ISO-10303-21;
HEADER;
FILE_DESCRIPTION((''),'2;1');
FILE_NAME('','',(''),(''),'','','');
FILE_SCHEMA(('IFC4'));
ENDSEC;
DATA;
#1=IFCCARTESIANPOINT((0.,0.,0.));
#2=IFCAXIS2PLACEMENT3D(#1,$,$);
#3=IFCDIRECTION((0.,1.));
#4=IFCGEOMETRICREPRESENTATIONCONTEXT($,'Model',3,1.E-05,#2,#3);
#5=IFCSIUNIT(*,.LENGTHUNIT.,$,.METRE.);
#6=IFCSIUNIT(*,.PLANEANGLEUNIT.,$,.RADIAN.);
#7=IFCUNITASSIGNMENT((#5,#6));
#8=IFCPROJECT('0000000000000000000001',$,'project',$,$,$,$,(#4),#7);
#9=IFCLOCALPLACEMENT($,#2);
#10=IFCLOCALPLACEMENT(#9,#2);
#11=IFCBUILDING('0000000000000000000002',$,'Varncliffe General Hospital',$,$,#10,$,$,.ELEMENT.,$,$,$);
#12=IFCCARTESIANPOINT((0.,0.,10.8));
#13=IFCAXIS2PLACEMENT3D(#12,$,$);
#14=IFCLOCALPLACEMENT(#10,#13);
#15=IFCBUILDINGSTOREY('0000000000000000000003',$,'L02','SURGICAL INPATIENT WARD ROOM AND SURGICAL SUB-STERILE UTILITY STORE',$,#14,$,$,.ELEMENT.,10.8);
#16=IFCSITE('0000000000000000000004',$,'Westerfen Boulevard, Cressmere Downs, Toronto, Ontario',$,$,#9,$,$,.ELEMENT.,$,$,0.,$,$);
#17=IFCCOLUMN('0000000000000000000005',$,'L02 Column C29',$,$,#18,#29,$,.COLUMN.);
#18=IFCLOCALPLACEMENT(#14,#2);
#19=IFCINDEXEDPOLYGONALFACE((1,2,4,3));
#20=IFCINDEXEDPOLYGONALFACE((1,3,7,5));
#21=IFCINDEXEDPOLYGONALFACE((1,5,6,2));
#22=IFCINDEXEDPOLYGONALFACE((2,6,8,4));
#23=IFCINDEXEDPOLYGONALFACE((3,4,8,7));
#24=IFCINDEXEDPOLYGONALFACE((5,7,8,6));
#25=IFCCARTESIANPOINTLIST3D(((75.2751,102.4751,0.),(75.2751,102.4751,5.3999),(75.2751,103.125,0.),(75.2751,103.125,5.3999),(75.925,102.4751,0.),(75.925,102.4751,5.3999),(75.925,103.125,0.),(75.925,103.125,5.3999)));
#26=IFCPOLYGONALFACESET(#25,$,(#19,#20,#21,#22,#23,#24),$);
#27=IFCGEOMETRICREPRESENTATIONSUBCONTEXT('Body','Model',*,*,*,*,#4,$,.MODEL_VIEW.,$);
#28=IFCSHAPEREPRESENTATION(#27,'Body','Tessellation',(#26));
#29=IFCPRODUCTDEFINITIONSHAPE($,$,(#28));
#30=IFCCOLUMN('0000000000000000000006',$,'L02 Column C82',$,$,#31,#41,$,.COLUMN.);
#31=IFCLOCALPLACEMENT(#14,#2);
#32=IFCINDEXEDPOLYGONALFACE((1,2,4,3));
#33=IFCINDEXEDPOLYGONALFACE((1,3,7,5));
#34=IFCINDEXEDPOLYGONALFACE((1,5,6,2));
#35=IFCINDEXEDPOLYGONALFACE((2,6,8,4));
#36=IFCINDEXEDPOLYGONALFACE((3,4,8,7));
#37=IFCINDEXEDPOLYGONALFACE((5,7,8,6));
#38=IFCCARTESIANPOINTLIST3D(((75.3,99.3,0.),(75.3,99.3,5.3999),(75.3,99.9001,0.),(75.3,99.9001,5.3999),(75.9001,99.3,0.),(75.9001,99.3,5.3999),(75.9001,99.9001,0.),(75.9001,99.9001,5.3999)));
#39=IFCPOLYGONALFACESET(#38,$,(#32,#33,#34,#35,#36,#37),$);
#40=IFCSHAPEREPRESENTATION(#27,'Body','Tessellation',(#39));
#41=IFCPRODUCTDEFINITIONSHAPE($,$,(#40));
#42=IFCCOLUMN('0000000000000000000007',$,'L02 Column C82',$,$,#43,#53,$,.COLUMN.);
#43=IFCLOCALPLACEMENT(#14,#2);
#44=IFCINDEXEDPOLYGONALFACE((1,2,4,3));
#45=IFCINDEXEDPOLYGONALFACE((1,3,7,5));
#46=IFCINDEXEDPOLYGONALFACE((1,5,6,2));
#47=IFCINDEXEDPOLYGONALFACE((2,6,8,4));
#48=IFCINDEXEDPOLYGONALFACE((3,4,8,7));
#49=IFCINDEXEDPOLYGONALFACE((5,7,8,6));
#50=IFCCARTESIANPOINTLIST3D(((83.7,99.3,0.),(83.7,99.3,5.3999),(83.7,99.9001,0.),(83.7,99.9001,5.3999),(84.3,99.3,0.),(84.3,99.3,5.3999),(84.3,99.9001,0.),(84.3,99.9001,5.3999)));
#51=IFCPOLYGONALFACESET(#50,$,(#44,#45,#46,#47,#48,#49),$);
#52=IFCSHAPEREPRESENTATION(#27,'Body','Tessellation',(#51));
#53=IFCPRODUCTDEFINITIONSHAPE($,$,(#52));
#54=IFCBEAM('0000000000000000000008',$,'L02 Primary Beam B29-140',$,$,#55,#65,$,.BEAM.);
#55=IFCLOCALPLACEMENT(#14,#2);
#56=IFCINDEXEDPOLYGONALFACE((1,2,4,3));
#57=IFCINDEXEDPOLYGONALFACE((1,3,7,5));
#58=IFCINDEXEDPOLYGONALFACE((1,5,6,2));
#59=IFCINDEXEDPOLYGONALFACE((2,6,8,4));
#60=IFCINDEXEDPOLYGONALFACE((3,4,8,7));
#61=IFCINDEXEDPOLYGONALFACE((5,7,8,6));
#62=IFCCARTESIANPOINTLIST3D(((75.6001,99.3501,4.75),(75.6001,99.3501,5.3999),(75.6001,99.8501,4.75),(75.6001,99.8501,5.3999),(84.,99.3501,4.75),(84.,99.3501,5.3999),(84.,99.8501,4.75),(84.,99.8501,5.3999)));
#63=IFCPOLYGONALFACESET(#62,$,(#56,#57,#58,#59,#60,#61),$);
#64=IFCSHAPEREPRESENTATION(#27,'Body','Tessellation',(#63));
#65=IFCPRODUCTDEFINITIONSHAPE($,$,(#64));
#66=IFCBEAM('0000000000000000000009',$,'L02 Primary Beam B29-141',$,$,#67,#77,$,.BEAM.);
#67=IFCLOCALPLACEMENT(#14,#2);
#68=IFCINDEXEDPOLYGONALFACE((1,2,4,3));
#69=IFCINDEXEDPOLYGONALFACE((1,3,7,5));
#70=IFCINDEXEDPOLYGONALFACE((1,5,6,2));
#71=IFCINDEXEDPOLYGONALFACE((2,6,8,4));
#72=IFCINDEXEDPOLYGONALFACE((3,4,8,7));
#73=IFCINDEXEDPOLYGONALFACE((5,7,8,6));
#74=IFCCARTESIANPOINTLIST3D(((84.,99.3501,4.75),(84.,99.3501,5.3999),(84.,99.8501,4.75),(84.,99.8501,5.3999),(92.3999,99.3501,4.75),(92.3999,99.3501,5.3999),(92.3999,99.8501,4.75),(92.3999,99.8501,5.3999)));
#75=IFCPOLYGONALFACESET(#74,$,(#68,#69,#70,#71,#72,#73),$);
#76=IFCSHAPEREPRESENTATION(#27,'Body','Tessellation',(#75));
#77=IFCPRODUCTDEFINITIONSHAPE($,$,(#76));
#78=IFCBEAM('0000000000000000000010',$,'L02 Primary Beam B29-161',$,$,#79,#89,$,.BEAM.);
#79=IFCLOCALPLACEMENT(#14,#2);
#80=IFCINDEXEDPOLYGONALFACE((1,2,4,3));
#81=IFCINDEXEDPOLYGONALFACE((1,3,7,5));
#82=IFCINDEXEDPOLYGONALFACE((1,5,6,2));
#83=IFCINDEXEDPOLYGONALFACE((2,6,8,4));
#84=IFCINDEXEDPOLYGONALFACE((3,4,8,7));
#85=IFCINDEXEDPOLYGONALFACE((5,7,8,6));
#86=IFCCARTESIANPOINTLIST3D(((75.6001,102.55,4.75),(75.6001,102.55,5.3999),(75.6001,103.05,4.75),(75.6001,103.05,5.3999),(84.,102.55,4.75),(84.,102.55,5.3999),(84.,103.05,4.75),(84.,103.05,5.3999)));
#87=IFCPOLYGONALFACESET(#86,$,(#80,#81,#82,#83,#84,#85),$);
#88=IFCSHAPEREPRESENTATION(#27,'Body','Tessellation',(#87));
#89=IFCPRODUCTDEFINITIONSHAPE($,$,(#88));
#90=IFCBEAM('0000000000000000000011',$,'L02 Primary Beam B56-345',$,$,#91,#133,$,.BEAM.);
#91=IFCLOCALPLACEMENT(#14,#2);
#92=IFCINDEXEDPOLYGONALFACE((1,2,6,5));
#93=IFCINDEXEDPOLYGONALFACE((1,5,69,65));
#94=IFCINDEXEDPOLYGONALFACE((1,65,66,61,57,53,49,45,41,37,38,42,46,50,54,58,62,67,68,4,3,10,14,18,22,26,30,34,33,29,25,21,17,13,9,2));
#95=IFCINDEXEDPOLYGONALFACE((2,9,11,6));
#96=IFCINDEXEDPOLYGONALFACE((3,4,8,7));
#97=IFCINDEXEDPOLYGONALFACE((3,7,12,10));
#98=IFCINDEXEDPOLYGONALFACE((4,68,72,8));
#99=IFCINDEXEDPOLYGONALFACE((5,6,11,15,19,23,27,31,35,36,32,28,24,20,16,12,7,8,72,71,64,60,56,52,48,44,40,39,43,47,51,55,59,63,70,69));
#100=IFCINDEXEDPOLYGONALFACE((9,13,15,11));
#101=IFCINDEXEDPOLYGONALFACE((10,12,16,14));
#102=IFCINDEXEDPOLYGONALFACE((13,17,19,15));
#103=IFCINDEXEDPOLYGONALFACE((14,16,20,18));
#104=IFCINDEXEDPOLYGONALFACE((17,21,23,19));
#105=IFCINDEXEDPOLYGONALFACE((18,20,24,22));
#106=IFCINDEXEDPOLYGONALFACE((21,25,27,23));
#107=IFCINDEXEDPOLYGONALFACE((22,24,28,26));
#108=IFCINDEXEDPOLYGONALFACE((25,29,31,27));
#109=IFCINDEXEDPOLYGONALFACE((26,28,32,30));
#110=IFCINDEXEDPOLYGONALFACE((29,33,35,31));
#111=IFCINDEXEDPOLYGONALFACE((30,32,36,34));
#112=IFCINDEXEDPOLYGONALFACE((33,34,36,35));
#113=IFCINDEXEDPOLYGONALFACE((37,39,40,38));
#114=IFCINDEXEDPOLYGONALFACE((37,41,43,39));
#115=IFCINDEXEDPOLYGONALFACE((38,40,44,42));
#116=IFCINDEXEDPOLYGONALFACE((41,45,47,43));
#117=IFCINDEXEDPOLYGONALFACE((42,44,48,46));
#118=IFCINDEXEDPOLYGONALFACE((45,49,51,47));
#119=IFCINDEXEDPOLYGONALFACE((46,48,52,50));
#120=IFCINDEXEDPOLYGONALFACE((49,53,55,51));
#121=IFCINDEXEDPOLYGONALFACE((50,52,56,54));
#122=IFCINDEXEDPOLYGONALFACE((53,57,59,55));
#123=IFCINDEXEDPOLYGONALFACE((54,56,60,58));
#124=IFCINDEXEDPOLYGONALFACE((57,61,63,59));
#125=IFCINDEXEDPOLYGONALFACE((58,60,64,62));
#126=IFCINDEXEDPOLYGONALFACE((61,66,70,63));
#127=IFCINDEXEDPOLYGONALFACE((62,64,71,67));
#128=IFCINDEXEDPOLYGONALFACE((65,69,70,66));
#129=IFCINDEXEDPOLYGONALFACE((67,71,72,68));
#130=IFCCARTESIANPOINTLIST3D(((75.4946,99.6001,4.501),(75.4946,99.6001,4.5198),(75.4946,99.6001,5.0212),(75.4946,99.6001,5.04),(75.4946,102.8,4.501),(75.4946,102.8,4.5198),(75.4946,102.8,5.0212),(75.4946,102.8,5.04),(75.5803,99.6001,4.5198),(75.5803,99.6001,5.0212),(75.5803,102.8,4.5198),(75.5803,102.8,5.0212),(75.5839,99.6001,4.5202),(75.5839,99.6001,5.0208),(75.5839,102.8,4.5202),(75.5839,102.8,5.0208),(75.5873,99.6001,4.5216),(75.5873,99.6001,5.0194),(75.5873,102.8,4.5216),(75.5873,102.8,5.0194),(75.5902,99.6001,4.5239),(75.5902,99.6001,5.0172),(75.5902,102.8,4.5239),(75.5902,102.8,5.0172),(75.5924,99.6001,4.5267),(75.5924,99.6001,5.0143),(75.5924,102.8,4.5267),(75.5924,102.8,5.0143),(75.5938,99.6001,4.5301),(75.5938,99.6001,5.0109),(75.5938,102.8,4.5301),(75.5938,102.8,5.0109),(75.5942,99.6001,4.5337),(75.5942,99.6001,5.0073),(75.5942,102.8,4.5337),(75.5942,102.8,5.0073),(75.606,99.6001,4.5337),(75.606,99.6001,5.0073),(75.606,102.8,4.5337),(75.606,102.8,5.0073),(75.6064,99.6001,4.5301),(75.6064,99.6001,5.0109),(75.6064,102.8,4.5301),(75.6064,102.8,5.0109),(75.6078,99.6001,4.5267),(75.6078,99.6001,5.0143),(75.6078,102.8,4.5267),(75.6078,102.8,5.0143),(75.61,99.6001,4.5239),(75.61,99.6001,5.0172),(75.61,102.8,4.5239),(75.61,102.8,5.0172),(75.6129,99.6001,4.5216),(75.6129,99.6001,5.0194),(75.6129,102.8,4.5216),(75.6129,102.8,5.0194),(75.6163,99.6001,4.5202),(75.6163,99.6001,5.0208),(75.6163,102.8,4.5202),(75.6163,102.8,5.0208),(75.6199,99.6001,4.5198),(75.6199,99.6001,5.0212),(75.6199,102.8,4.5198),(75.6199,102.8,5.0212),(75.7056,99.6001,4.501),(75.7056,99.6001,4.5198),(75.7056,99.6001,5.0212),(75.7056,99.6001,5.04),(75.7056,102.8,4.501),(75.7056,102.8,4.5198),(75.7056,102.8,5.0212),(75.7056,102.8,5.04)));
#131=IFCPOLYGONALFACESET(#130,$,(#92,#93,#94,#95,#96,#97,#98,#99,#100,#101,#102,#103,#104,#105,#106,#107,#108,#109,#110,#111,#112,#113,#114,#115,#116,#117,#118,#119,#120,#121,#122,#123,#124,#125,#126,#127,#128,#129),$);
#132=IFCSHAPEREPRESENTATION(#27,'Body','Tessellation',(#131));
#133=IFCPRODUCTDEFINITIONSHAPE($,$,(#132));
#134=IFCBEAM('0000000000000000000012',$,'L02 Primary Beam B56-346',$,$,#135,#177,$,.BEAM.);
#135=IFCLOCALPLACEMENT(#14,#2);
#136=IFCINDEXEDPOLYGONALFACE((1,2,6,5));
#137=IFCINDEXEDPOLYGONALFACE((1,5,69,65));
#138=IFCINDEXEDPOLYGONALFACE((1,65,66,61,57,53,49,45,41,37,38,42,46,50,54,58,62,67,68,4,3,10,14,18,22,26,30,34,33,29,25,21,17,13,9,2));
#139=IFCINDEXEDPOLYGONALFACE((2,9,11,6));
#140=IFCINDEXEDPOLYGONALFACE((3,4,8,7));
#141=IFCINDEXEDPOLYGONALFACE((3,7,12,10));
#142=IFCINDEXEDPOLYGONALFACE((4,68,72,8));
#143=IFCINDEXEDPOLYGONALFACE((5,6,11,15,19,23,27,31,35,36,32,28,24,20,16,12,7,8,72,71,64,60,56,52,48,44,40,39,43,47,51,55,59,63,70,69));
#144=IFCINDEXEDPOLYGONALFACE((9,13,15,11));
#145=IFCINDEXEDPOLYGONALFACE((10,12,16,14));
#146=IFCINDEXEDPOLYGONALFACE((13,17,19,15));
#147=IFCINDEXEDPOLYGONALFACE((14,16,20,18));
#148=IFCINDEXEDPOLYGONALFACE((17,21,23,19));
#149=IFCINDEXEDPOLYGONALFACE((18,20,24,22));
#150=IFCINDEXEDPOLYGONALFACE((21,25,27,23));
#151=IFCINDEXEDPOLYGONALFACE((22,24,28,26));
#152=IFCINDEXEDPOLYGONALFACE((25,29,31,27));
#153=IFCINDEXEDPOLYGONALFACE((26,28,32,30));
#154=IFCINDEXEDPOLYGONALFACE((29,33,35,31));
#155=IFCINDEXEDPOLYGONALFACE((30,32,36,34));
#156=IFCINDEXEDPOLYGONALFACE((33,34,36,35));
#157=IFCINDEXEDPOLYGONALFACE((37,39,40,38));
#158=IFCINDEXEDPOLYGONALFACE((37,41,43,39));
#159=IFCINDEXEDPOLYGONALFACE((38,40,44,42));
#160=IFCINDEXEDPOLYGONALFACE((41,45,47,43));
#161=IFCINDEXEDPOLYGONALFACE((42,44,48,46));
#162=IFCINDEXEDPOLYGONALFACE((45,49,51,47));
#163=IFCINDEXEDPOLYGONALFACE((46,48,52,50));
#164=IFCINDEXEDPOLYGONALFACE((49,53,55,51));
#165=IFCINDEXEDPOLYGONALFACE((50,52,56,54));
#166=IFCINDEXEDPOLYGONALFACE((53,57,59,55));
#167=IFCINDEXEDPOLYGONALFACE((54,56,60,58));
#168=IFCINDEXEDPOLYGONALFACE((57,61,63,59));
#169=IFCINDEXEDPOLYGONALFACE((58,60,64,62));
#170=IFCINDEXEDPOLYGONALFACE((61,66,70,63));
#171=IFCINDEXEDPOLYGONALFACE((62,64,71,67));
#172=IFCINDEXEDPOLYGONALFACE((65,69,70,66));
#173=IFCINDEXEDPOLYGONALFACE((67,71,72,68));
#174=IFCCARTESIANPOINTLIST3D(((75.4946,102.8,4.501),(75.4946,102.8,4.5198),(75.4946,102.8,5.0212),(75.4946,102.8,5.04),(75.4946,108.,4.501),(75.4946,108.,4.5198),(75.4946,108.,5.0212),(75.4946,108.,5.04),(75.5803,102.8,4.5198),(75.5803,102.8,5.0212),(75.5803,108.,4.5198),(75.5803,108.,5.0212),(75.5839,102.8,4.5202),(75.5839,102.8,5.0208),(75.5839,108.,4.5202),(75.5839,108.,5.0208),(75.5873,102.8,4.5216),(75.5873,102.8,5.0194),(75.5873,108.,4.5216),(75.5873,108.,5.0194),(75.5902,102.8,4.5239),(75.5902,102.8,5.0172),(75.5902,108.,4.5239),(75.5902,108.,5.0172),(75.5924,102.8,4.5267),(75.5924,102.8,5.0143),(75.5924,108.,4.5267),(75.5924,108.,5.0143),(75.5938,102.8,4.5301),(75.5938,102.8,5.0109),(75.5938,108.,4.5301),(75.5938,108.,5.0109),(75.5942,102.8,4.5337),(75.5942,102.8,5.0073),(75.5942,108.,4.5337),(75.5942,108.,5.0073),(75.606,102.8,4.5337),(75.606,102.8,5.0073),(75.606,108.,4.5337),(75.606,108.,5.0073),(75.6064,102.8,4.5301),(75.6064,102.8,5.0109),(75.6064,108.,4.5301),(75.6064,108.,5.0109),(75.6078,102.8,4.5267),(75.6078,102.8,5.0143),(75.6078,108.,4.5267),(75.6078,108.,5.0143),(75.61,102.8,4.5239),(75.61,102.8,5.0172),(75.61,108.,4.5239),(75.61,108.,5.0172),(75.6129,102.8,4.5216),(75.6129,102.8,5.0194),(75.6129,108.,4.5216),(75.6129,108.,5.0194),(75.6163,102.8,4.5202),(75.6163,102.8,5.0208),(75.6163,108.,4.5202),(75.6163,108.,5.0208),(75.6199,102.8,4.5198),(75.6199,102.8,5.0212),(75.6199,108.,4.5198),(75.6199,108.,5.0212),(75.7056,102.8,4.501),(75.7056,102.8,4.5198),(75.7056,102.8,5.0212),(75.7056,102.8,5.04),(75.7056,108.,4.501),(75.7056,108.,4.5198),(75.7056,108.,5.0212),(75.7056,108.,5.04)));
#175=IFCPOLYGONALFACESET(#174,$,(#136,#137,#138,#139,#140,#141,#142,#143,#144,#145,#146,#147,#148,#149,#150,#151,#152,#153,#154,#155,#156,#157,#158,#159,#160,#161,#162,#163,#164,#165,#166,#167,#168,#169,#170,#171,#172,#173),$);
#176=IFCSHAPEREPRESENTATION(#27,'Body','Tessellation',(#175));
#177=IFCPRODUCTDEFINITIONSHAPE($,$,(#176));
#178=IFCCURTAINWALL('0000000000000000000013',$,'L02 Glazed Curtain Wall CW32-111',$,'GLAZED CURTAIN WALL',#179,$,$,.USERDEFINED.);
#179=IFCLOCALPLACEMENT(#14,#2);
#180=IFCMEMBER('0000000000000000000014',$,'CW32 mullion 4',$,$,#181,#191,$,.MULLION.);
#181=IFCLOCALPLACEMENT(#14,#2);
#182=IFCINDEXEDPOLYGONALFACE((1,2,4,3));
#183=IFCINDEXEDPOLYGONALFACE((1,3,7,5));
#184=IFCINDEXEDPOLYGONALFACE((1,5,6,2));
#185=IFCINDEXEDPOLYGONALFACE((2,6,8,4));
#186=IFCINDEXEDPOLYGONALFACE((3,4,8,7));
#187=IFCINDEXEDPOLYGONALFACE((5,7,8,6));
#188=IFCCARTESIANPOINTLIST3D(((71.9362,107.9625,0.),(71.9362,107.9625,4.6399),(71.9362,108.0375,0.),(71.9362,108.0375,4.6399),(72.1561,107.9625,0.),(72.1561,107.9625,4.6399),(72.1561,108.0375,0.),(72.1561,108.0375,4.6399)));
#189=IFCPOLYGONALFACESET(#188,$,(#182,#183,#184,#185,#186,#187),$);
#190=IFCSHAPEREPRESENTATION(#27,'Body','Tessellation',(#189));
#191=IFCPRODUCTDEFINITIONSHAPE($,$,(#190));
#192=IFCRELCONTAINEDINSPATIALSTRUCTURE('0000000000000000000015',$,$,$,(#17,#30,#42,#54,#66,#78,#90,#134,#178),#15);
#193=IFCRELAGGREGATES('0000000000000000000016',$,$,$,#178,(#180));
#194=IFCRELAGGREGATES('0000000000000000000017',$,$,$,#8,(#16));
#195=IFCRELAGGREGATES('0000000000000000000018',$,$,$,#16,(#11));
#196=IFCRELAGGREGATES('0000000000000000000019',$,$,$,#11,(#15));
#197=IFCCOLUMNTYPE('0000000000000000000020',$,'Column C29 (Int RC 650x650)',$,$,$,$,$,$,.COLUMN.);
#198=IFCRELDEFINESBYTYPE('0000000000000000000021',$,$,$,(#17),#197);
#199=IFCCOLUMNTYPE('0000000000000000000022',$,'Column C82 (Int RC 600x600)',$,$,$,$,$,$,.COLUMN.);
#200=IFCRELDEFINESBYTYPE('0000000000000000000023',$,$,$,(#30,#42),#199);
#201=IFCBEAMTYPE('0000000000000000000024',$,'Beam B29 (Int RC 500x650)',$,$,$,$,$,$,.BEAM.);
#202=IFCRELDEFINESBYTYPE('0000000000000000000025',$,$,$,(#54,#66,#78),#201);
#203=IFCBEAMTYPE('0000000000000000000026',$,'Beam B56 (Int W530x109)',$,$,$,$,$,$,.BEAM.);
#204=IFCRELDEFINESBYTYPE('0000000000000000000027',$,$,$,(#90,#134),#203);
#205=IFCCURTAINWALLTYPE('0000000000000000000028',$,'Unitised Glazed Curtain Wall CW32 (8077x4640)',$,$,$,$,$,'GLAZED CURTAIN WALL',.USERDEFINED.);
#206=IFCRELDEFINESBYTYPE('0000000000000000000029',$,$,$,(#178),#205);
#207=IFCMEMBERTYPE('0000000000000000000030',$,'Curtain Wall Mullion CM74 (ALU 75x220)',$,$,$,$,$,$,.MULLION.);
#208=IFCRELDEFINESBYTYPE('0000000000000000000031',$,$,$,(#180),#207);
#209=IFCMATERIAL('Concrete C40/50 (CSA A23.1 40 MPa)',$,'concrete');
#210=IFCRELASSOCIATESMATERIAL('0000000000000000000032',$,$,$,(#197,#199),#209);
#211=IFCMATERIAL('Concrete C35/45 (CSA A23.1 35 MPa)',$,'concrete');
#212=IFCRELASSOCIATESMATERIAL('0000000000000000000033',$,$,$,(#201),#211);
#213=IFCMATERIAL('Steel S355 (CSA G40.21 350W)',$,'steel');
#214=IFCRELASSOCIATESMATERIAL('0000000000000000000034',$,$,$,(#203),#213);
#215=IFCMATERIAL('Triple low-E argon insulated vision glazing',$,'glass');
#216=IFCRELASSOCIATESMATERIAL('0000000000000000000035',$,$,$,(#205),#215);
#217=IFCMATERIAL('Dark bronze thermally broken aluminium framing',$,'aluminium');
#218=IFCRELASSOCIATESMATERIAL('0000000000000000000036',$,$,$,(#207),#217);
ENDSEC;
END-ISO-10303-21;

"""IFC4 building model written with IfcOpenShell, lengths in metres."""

from ifc_helpers import new_model, si_unit, direction, frame, origin, origin_2d, place, context, subcontext, project, spatial, rectangle, i_section, extrude, material, material_profile, profile_set, type_object, element, aggregate, save


model = new_model("IFC4")

# Units and contexts
model_context = context("Model", 3, precision=1e-05, world=origin(), true_north=direction((0.0, 1.0)))
body_context = subcontext(model_context, "Body", "Model", "MODEL_VIEW")
ifc_project = project(units=[si_unit("LENGTHUNIT", "METRE"), si_unit("PLANEANGLEUNIT", "RADIAN")], contexts=[model_context])

# Site, building, storey
site_placement = place(None, origin())
site = spatial("IfcSite", under=ifc_project, at=site_placement, Name="Westerfen Boulevard, Cressmere Downs, Toronto, Ontario", CompositionType="ELEMENT", RefElevation=0.0)
building_placement = place(site_placement, origin())
building = spatial("IfcBuilding", under=site, at=building_placement, Name="Varncliffe General Hospital", CompositionType="ELEMENT")
storey_placement = place(building_placement, frame((0.0, 0.0, 10.8)))
storey = spatial("IfcBuildingStorey", under=building, at=storey_placement, Name="L02", Description="SURGICAL INPATIENT WARD ROOM AND SURGICAL SUB-STERILE UTILITY STORE", CompositionType="ELEMENT", Elevation=10.8)

# Columns
ifc_material_1 = material(Name="Concrete C40/50 (CSA A23.1 40 MPa)", Category="concrete")
ifc_material_profile_1 = material_profile(ifc_material_1, rectangle(XDim=0.6499, YDim=0.6499, at=origin_2d()), Name="RC 650x650")
ifc_profile_set_1 = profile_set([ifc_material_profile_1], Name="Concrete C40/50 (CSA A23.1 40 MPa)")
column_type_1 = type_object("IfcColumnType", Name="Column C29 (Int RC 650x650)", PredefinedType="COLUMN", material=ifc_profile_set_1)
column_placement = place(storey_placement, frame((75.6001, 102.8, 0.0), z_axis=(0.0, 0.0, 1.0), x_axis=(1.0, 0.0, 0.0)))
element("IfcColumn", 1, at=column_placement, inside=storey, type_object=column_type_1, Name="L02 Column C29", PredefinedType="COLUMN", context=body_context, shape_type="SweptSolid", body=[
    extrude(rectangle(XDim=0.6499, YDim=0.6499, at=origin_2d()), origin(), (0.0, 0.0, 1.0), 5.3999),
])
ifc_material_profile_2 = material_profile(ifc_material_1, rectangle(XDim=0.6001, YDim=0.6001, at=origin_2d()), Name="RC 600x600")
ifc_profile_set_2 = profile_set([ifc_material_profile_2], Name="Concrete C40/50 (CSA A23.1 40 MPa)")
column_type_2 = type_object("IfcColumnType", Name="Column C82 (Int RC 600x600)", PredefinedType="COLUMN", material=ifc_profile_set_2)
for number, where, z_axis, x_axis, name in (
    (2, (75.6001, 99.6001, 0.0), (0.0, 0.0, 1.0), (1.0, 0.0, 0.0), "L02 Column C82"),
    (3, (84.0, 99.6001, 0.0), (0.0, 0.0, 1.0), (1.0, 0.0, 0.0), "L02 Column C82"),
):
    element("IfcColumn", number, at=place(storey_placement, frame(where, z_axis=z_axis, x_axis=x_axis)), inside=storey, type_object=column_type_2, Name=name, PredefinedType="COLUMN", context=body_context, shape_type="SweptSolid", body=[
        extrude(rectangle(XDim=0.6001, YDim=0.6001, at=origin_2d()), origin(), (0.0, 0.0, 1.0), 5.3999),
    ])

# Beams
ifc_material_2 = material(Name="Concrete C35/45 (CSA A23.1 35 MPa)", Category="concrete")
ifc_material_profile_3 = material_profile(ifc_material_2, rectangle(XDim=0.5, YDim=0.6499, at=origin_2d()), Name="RC 500x650")
ifc_profile_set_3 = profile_set([ifc_material_profile_3], Name="Concrete C35/45 (CSA A23.1 35 MPa)")
beam_type_1 = type_object("IfcBeamType", Name="Beam B29 (Int RC 500x650)", PredefinedType="BEAM", material=ifc_profile_set_3)
for number, where, z_axis, x_axis, name in (
    (4, (75.6001, 99.6001, 5.075), (1.0, 0.0, 0.0), (0.0, 1.0, 0.0), "L02 Primary Beam B29-140"),
    (5, (84.0, 99.6001, 5.075), (1.0, 0.0, 0.0), (0.0, 1.0, 0.0), "L02 Primary Beam B29-141"),
    (6, (75.6001, 102.8, 5.075), (1.0, 0.0, 0.0), (0.0, 1.0, 0.0), "L02 Primary Beam B29-161"),
):
    element("IfcBeam", number, at=place(storey_placement, frame(where, z_axis=z_axis, x_axis=x_axis)), inside=storey, type_object=beam_type_1, Name=name, PredefinedType="BEAM", context=body_context, shape_type="SweptSolid", body=[
        extrude(rectangle(XDim=0.5, YDim=0.6499, at=origin_2d()), origin(), (0.0, 0.0, 1.0), 8.3999),
    ])
ifc_material_3 = material(Name="Steel S355 (CSA G40.21 350W)", Category="steel")
ifc_material_profile_4 = material_profile(ifc_material_3, i_section(OverallWidth=0.2109, OverallDepth=0.5391, WebThickness=0.0117, FlangeThickness=0.0188, FilletRadius=0.0139, at=origin_2d()), Name="W530x109")
ifc_profile_set_4 = profile_set([ifc_material_profile_4], Name="Steel S355 (CSA G40.21 350W)")
beam_type_2 = type_object("IfcBeamType", Name="Beam B56 (Int W530x109)", PredefinedType="BEAM", material=ifc_profile_set_4)
beam_1_placement = place(storey_placement, frame((75.6001, 99.6001, 4.7705), z_axis=(0.0, 1.0, 0.0), x_axis=(-1.0, 0.0, 0.0)))
element("IfcBeam", 7, at=beam_1_placement, inside=storey, type_object=beam_type_2, Name="L02 Primary Beam B56-345", PredefinedType="BEAM", context=body_context, shape_type="SweptSolid", body=[
    extrude(i_section(OverallWidth=0.2109, OverallDepth=0.5391, WebThickness=0.0117, FlangeThickness=0.0188, FilletRadius=0.0139, at=origin_2d()), origin(), (0.0, 0.0, 1.0), 3.2),
])
beam_2_placement = place(storey_placement, frame((75.6001, 102.8, 4.7705), z_axis=(0.0, 1.0, 0.0), x_axis=(-1.0, 0.0, 0.0)))
element("IfcBeam", 8, at=beam_2_placement, inside=storey, type_object=beam_type_2, Name="L02 Primary Beam B56-346", PredefinedType="BEAM", context=body_context, shape_type="SweptSolid", body=[
    extrude(i_section(OverallWidth=0.2109, OverallDepth=0.5391, WebThickness=0.0117, FlangeThickness=0.0188, FilletRadius=0.0139, at=origin_2d()), origin(), (0.0, 0.0, 1.0), 5.2),
])

# Curtain wall, member
ifc_material_4 = material(Name="Triple low-E argon insulated vision glazing", Category="glass")
curtain_wall_type = type_object("IfcCurtainWallType", Name="Unitised Glazed Curtain Wall CW32 (8077x4640)", ElementType="GLAZED CURTAIN WALL", PredefinedType="USERDEFINED", material=ifc_material_4)
curtain_wall_placement = place(storey_placement, origin())
curtain_wall = element("IfcCurtainWall", 9, at=curtain_wall_placement, inside=storey, type_object=curtain_wall_type, Name="L02 Glazed Curtain Wall CW32-111", ObjectType="GLAZED CURTAIN WALL", PredefinedType="USERDEFINED")
ifc_material_5 = material(Name="Dark bronze thermally broken aluminium framing", Category="aluminium")
ifc_material_profile_5 = material_profile(ifc_material_5, rectangle(XDim=0.075, YDim=0.22, at=origin_2d()), Name="ALU 75x220")
ifc_profile_set_5 = profile_set([ifc_material_profile_5], Name="Dark bronze thermally broken aluminium framing")
member_type_1 = type_object("IfcMemberType", Name="Curtain Wall Mullion CM74 (ALU 75x220)", PredefinedType="MULLION", material=ifc_profile_set_5)
member_1_placement = place(storey_placement, frame((72.0461, 108.0, 0.0), z_axis=(0.0, 0.0, 1.0), x_axis=(0.0, 1.0, 0.0)))
member_1 = element("IfcMember", 10, at=member_1_placement, type_object=member_type_1, Name="CW32 mullion 4", PredefinedType="MULLION", context=body_context, shape_type="SweptSolid", body=[
    extrude(rectangle(XDim=0.075, YDim=0.22, at=origin_2d()), origin(), (0.0, 0.0, 1.0), 4.6399),
])

aggregate(curtain_wall, [member_1])

save(model, "model.ifc")
